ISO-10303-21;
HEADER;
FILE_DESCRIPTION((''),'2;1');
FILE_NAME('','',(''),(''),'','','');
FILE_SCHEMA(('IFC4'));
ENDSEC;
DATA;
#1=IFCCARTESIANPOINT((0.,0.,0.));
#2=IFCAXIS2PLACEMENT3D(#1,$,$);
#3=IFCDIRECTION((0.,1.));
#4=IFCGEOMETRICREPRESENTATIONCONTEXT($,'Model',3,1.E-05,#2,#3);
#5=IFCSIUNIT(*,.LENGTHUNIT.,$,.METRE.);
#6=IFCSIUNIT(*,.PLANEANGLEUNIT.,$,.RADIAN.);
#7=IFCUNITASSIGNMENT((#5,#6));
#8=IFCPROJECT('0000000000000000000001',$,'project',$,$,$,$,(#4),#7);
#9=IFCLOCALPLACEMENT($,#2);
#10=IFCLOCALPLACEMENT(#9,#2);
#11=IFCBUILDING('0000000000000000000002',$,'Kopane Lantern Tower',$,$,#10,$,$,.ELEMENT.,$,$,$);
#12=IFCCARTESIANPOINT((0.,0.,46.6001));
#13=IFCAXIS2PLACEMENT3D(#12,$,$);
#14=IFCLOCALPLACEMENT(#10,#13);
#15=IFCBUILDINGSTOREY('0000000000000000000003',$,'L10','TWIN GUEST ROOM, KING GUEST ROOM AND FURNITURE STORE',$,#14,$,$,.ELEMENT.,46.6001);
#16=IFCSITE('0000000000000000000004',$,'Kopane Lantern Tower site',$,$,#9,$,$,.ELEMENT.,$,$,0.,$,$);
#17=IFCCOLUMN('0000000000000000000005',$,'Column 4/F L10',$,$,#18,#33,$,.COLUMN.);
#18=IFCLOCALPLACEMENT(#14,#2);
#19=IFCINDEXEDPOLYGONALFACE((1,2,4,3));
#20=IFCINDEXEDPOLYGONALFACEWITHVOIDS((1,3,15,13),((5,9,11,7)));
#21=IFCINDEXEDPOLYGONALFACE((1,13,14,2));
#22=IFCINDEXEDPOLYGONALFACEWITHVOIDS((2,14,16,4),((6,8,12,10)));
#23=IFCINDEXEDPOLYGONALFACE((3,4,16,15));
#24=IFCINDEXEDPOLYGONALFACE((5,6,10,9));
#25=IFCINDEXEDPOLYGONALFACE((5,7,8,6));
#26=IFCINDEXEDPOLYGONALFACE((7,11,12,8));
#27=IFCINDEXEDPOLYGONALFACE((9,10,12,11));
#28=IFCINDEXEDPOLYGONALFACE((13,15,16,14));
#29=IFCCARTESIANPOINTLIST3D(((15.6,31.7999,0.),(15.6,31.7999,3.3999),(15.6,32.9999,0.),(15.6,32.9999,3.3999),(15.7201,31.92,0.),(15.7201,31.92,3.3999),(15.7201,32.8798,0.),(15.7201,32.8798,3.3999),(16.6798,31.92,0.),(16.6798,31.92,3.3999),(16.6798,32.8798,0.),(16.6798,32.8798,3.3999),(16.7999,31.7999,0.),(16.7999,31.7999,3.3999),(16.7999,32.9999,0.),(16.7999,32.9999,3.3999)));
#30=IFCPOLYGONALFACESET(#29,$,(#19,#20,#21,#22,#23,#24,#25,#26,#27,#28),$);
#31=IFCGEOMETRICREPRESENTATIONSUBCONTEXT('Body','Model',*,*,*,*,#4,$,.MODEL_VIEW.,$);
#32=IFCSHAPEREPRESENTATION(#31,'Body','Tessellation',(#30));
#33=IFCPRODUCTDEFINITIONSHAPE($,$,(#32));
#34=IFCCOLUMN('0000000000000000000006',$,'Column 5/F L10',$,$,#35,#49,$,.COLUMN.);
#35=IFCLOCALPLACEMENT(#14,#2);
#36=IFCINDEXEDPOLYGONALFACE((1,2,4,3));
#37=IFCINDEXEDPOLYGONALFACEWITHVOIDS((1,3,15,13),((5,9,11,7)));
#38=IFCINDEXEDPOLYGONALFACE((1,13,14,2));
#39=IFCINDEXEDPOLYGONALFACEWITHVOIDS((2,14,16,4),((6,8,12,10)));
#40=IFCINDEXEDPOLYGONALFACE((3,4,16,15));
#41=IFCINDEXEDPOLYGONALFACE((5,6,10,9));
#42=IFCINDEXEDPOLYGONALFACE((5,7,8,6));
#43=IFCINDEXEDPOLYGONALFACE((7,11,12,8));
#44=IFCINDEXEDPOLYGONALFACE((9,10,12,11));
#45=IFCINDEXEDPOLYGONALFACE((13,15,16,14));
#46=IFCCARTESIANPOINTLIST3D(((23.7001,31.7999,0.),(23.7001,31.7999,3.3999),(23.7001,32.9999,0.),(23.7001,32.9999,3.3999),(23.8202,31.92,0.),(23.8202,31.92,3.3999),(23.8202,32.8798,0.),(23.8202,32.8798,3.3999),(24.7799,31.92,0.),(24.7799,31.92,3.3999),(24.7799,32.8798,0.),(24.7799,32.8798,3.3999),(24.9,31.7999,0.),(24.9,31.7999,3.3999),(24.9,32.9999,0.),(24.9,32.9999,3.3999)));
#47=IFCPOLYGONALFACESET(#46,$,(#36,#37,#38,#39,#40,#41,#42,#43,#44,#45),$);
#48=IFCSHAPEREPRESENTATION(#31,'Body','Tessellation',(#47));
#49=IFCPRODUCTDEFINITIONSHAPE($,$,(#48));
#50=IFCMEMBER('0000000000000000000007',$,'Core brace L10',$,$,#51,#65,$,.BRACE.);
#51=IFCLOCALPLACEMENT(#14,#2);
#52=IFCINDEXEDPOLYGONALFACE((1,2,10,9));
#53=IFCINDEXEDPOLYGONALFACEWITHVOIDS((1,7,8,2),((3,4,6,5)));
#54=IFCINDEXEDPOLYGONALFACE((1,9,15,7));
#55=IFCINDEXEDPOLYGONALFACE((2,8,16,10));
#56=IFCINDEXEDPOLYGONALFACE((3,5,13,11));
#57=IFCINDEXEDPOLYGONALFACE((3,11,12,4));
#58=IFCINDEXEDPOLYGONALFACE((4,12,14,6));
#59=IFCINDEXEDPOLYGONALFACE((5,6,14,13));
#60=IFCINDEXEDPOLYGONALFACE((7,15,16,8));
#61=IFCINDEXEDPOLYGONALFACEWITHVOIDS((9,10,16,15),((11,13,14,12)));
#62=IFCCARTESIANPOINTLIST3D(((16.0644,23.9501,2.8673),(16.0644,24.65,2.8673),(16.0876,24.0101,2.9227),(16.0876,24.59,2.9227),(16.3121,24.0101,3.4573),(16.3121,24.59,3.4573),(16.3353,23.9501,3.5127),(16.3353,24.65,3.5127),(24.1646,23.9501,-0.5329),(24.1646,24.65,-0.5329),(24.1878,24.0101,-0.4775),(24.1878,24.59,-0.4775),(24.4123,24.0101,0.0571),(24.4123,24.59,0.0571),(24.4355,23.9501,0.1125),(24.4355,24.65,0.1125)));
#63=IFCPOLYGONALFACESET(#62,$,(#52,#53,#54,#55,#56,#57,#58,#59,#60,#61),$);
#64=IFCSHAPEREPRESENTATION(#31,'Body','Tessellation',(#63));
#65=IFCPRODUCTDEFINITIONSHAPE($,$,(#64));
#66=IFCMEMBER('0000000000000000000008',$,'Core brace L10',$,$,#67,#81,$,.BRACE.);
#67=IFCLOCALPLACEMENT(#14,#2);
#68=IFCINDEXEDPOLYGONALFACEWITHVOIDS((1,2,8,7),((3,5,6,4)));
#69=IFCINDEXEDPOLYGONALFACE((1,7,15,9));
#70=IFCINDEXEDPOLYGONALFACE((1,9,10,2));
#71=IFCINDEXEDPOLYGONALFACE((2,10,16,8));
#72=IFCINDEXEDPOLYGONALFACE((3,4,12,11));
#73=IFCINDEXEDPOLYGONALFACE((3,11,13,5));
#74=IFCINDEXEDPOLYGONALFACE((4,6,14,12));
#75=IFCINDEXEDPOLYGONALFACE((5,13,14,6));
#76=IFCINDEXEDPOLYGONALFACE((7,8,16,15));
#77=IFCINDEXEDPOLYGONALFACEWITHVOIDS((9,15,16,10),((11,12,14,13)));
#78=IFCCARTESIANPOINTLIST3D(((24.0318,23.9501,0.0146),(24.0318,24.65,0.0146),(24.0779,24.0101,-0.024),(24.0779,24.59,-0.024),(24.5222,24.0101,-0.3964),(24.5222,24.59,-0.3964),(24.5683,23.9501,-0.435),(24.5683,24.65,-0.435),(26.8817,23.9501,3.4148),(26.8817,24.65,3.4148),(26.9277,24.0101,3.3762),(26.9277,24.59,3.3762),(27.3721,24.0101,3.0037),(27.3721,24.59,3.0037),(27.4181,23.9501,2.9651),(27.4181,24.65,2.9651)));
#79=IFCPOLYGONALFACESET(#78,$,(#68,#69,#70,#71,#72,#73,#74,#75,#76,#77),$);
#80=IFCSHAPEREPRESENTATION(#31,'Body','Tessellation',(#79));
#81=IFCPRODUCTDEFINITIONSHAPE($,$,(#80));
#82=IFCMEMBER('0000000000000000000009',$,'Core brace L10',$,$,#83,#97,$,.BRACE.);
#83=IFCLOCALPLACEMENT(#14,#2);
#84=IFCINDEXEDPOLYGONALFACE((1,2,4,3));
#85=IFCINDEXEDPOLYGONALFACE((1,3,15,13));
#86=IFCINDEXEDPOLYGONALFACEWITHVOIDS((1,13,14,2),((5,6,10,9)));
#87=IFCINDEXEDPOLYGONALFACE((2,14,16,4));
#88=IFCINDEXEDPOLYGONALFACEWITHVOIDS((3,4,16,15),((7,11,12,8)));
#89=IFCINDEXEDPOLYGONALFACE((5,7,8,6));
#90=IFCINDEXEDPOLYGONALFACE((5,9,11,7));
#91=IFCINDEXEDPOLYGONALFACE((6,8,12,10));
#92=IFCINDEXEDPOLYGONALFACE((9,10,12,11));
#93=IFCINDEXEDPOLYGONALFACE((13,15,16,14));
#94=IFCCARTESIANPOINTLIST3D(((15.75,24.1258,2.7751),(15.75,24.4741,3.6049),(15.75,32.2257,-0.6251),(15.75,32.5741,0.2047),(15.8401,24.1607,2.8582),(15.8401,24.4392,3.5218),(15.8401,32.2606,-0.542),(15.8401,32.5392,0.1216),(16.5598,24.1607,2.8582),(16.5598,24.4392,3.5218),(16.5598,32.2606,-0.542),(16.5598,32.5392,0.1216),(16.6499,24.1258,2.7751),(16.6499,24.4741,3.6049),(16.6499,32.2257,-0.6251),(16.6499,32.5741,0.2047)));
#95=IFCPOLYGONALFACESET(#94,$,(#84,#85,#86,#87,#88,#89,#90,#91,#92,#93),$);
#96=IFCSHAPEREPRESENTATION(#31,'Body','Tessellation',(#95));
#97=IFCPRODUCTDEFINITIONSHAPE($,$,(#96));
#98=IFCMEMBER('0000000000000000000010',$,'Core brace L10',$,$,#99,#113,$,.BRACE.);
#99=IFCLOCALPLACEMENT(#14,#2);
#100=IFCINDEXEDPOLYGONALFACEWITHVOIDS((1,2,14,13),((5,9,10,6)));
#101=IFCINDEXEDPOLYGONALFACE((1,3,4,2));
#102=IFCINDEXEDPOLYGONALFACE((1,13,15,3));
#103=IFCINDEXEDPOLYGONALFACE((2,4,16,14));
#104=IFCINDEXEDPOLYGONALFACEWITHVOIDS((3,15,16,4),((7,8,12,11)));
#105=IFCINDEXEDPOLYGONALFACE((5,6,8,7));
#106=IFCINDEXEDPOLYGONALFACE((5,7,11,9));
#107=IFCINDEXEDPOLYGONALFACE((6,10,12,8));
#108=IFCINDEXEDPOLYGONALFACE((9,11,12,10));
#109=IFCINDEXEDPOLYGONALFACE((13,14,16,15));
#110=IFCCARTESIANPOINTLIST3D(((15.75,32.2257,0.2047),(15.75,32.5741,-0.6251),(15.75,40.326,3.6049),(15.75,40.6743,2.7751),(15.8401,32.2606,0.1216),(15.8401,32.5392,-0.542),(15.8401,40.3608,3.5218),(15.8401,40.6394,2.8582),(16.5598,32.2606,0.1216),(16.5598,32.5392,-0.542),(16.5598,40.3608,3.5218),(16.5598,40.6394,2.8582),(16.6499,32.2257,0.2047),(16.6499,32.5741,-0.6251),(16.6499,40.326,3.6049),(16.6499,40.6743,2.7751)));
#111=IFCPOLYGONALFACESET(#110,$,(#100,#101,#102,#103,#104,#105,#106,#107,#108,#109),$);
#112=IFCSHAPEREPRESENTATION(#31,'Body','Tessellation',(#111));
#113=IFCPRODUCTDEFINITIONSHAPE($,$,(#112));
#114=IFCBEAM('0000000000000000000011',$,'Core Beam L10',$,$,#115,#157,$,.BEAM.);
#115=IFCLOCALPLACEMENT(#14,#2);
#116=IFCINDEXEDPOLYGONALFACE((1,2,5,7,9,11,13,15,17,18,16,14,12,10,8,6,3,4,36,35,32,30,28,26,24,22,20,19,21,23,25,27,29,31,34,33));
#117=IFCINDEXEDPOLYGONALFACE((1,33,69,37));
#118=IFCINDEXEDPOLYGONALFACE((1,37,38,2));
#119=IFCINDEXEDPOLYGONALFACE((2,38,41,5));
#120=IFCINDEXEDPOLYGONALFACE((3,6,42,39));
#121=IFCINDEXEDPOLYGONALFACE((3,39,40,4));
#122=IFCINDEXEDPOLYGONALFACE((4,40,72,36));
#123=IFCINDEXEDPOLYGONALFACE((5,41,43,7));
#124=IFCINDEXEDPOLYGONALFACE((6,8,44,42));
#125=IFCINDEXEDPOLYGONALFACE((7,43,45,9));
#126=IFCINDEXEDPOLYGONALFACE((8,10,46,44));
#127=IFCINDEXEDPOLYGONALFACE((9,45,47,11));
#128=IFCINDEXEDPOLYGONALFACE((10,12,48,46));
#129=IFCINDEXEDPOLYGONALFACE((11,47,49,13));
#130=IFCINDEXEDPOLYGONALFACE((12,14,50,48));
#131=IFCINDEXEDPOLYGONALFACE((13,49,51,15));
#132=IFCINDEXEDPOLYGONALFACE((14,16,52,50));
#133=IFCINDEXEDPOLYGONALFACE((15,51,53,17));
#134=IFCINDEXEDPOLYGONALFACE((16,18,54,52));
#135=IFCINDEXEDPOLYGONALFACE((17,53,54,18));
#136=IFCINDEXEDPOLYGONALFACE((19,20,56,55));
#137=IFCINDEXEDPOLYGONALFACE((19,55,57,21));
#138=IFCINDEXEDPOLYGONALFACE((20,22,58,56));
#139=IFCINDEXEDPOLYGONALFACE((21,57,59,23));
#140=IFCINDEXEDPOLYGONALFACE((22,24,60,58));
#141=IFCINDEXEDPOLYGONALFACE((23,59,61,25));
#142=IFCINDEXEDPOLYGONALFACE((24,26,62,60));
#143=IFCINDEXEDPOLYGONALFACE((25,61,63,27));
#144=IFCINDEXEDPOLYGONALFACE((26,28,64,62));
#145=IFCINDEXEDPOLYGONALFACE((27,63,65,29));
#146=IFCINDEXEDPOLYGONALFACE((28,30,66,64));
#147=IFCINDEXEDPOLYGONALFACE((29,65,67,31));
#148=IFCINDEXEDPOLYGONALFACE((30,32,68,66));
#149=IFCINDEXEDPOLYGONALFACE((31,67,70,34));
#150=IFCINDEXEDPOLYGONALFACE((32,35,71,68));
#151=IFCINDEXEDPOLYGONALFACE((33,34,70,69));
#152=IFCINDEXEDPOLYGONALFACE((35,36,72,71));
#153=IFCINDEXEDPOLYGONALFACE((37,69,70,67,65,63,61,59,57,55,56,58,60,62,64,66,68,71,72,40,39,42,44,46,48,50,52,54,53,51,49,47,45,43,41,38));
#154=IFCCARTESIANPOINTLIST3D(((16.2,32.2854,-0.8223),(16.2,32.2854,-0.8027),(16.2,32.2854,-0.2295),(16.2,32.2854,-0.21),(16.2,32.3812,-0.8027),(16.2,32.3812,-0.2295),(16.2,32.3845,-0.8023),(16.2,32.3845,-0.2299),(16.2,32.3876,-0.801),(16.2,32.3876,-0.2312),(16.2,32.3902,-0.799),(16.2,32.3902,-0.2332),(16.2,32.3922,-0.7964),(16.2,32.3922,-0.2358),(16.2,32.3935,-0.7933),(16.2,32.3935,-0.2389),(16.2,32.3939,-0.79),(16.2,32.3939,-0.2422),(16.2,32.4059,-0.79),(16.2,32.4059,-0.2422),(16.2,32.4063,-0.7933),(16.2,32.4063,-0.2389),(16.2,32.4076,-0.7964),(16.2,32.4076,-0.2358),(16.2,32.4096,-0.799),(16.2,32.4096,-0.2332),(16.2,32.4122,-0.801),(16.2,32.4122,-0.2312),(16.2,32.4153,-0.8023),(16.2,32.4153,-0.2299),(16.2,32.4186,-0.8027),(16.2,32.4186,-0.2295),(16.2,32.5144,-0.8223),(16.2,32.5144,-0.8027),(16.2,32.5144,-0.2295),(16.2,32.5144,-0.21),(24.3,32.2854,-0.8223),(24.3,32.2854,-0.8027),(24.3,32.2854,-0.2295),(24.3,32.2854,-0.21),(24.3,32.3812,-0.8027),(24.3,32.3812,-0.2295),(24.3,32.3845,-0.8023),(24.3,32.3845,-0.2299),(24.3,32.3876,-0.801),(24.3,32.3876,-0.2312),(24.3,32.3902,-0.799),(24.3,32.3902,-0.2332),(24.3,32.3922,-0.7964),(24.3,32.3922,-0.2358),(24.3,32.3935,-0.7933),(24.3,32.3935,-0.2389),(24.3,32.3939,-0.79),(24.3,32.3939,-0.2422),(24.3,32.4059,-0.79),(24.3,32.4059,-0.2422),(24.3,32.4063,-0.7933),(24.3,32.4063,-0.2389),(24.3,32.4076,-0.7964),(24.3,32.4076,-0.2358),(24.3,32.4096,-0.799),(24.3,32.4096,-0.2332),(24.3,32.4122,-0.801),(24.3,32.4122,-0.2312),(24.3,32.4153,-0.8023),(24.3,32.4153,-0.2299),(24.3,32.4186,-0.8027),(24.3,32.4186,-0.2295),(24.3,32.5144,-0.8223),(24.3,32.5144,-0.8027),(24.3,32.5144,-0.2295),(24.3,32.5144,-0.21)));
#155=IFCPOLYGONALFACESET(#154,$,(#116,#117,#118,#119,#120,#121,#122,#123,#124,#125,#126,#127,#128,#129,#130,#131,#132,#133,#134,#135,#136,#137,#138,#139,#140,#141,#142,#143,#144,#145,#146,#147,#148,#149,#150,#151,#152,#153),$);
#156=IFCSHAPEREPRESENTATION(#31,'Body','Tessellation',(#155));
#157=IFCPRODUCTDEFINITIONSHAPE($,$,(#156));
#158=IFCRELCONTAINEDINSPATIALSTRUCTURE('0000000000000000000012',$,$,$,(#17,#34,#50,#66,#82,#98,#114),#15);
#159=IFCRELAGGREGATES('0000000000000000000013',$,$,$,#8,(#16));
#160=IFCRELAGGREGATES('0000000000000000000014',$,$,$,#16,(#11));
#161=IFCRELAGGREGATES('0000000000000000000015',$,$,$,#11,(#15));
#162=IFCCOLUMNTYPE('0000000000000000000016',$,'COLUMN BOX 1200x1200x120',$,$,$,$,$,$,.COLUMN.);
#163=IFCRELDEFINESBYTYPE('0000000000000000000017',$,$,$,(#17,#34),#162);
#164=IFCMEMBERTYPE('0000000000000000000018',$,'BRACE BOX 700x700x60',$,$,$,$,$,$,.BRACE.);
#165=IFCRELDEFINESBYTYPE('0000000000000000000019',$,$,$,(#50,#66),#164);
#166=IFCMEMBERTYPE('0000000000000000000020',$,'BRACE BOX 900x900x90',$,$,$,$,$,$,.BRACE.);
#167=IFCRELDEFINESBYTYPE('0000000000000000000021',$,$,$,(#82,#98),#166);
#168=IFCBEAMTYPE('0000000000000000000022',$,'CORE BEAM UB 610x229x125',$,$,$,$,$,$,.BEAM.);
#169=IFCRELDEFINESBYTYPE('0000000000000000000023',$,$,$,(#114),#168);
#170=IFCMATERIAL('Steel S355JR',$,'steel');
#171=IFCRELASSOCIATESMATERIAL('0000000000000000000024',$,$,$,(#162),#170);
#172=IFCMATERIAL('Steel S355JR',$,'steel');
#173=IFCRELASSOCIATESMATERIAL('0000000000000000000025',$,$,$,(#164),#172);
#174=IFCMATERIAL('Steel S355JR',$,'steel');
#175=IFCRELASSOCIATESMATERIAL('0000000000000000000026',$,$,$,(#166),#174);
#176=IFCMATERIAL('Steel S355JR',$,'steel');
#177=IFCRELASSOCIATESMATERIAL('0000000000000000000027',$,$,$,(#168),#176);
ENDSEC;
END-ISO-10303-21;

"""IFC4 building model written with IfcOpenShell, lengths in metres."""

from ifc_helpers import new_model, si_unit, direction, frame, origin, origin_2d, place, context, subcontext, project, spatial, hollow_rectangle, i_section, extrude, material, material_profile, profile_set, type_object, element, save


model = new_model("IFC4")

# Units and contexts
model_context = context("Model", 3, precision=1e-05, world=origin(), true_north=direction((0.0, 1.0)))
body_context = subcontext(model_context, "Body", "Model", "MODEL_VIEW")
ifc_project = project(units=[si_unit("LENGTHUNIT", "METRE"), si_unit("PLANEANGLEUNIT", "RADIAN")], contexts=[model_context])

# Site, building, storey
site_placement = place(None, origin())
site = spatial("IfcSite", under=ifc_project, at=site_placement, Name="Kopane Lantern Tower site", CompositionType="ELEMENT", RefElevation=0.0)
building_placement = place(site_placement, origin())
building = spatial("IfcBuilding", under=site, at=building_placement, Name="Kopane Lantern Tower", CompositionType="ELEMENT")
storey_placement = place(building_placement, frame((0.0, 0.0, 46.6001)))
storey = spatial("IfcBuildingStorey", under=building, at=storey_placement, Name="L10", Description="TWIN GUEST ROOM, KING GUEST ROOM AND FURNITURE STORE", CompositionType="ELEMENT", Elevation=46.6001)

# Columns
ifc_material_1 = material(Name="Steel S355JR", Category="steel")
ifc_material_profile_1 = material_profile(ifc_material_1, hollow_rectangle(XDim=1.2, YDim=1.2, WallThickness=0.1201, at=origin_2d()), Name="BOX 1200x1200x120")
ifc_profile_set_1 = profile_set([ifc_material_profile_1], Name="Steel S355JR")
column_type = type_object("IfcColumnType", Name="COLUMN BOX 1200x1200x120", PredefinedType="COLUMN", material=ifc_profile_set_1)
for number, where, z_axis, x_axis, name in (
    (1, (16.2, 32.3999, 0.0), (0.0, 0.0, 1.0), (1.0, 0.0, 0.0), "Column 4/F L10"),
    (2, (24.3, 32.3999, 0.0), (0.0, 0.0, 1.0), (1.0, 0.0, 0.0), "Column 5/F L10"),
):
    element("IfcColumn", number, at=place(storey_placement, frame(where, z_axis=z_axis, x_axis=x_axis)), inside=storey, type_object=column_type, Name=name, PredefinedType="COLUMN", context=body_context, shape_type="SweptSolid", body=[
        extrude(hollow_rectangle(XDim=1.2, YDim=1.2, WallThickness=0.1201, at=origin_2d()), origin(), (0.0, 0.0, 1.0), 3.3999),
    ])

# Members
ifc_material_2 = material(Name="Steel S355JR", Category="steel")
ifc_material_profile_2 = material_profile(ifc_material_2, hollow_rectangle(XDim=0.7, YDim=0.7, WallThickness=0.0601, at=origin_2d()), Name="BOX 700x700x60")
ifc_profile_set_2 = profile_set([ifc_material_profile_2], Name="Steel S355JR")
member_type_1 = type_object("IfcMemberType", Name="BRACE BOX 700x700x60", PredefinedType="BRACE", material=ifc_profile_set_2)
member_1_placement = place(storey_placement, frame((24.3, 24.3, -0.2102), z_axis=(-0.922059, 0.0, 0.387049), x_axis=(0.0, -1.0, 0.0)))
element("IfcMember", 3, at=member_1_placement, inside=storey, type_object=member_type_1, Name="Core brace L10", PredefinedType="BRACE", context=body_context, shape_type="SweptSolid", body=[
    extrude(hollow_rectangle(XDim=0.7, YDim=0.7, WallThickness=0.0601, at=origin_2d()), origin(), (0.0, 0.0, 1.0), 8.7849),
])
member_2_placement = place(storey_placement, frame((24.3, 24.3, -0.2102), z_axis=(0.642363, 0.0, 0.7664), x_axis=(0.0, 1.0, 0.0)))
element("IfcMember", 4, at=member_2_placement, inside=storey, type_object=member_type_1, Name="Core brace L10", PredefinedType="BRACE", context=body_context, shape_type="SweptSolid", body=[
    extrude(hollow_rectangle(XDim=0.7, YDim=0.7, WallThickness=0.0601, at=origin_2d()), origin(), (0.0, 0.0, 1.0), 4.4365),
])
ifc_material_3 = material(Name="Steel S355JR", Category="steel")
ifc_material_profile_3 = material_profile(ifc_material_3, hollow_rectangle(XDim=0.8999, YDim=0.8999, WallThickness=0.0901, at=origin_2d()), Name="BOX 900x900x90")
ifc_profile_set_3 = profile_set([ifc_material_profile_3], Name="Steel S355JR")
member_type_2 = type_object("IfcMemberType", Name="BRACE BOX 900x900x90", PredefinedType="BRACE", material=ifc_profile_set_3)
member_3_placement = place(storey_placement, frame((16.2, 32.3999, -0.2102), z_axis=(0.0, -0.922055, 0.387059), x_axis=(1.0, 0.0, 0.0)))
element("IfcMember", 5, at=member_3_placement, inside=storey, type_object=member_type_2, Name="Core brace L10", PredefinedType="BRACE", context=body_context, shape_type="SweptSolid", body=[
    extrude(hollow_rectangle(XDim=0.8999, YDim=0.8999, WallThickness=0.0901, at=origin_2d()), origin(), (0.0, 0.0, 1.0), 8.7847),
])
member_4_placement = place(storey_placement, frame((16.2, 32.3999, -0.2102), z_axis=(0.0, 0.922059, 0.387049), x_axis=(-1.0, 0.0, 0.0)))
element("IfcMember", 6, at=member_4_placement, inside=storey, type_object=member_type_2, Name="Core brace L10", PredefinedType="BRACE", context=body_context, shape_type="SweptSolid", body=[
    extrude(hollow_rectangle(XDim=0.8999, YDim=0.8999, WallThickness=0.0901, at=origin_2d()), origin(), (0.0, 0.0, 1.0), 8.7849),
])

# Beam
ifc_material_4 = material(Name="Steel S355JR", Category="steel")
ifc_material_profile_4 = material_profile(ifc_material_4, i_section(OverallWidth=0.229, OverallDepth=0.6123, WebThickness=0.012, FlangeThickness=0.0195, FilletRadius=0.0127, at=origin_2d()), Name="UB 610x229x125")
ifc_profile_set_4 = profile_set([ifc_material_profile_4], Name="Steel S355JR")
beam_type_1 = type_object("IfcBeamType", Name="CORE BEAM UB 610x229x125", PredefinedType="BEAM", material=ifc_profile_set_4)
for number, where, z_axis, x_axis, name in (
    (7, (16.2, 32.3999, -0.5161), (1.0, 0.0, 0.0), (0.0, 1.0, 0.0), "Core Beam L10"),
):
    element("IfcBeam", number, at=place(storey_placement, frame(where, z_axis=z_axis, x_axis=x_axis)), inside=storey, type_object=beam_type_1, Name=name, PredefinedType="BEAM", context=body_context, shape_type="SweptSolid", body=[
        extrude(i_section(OverallWidth=0.229, OverallDepth=0.6123, WebThickness=0.012, FlangeThickness=0.0195, FilletRadius=0.0127, at=origin_2d()), origin(), (0.0, 0.0, 1.0), 8.1001),
    ])

save(model, "model.ifc")
